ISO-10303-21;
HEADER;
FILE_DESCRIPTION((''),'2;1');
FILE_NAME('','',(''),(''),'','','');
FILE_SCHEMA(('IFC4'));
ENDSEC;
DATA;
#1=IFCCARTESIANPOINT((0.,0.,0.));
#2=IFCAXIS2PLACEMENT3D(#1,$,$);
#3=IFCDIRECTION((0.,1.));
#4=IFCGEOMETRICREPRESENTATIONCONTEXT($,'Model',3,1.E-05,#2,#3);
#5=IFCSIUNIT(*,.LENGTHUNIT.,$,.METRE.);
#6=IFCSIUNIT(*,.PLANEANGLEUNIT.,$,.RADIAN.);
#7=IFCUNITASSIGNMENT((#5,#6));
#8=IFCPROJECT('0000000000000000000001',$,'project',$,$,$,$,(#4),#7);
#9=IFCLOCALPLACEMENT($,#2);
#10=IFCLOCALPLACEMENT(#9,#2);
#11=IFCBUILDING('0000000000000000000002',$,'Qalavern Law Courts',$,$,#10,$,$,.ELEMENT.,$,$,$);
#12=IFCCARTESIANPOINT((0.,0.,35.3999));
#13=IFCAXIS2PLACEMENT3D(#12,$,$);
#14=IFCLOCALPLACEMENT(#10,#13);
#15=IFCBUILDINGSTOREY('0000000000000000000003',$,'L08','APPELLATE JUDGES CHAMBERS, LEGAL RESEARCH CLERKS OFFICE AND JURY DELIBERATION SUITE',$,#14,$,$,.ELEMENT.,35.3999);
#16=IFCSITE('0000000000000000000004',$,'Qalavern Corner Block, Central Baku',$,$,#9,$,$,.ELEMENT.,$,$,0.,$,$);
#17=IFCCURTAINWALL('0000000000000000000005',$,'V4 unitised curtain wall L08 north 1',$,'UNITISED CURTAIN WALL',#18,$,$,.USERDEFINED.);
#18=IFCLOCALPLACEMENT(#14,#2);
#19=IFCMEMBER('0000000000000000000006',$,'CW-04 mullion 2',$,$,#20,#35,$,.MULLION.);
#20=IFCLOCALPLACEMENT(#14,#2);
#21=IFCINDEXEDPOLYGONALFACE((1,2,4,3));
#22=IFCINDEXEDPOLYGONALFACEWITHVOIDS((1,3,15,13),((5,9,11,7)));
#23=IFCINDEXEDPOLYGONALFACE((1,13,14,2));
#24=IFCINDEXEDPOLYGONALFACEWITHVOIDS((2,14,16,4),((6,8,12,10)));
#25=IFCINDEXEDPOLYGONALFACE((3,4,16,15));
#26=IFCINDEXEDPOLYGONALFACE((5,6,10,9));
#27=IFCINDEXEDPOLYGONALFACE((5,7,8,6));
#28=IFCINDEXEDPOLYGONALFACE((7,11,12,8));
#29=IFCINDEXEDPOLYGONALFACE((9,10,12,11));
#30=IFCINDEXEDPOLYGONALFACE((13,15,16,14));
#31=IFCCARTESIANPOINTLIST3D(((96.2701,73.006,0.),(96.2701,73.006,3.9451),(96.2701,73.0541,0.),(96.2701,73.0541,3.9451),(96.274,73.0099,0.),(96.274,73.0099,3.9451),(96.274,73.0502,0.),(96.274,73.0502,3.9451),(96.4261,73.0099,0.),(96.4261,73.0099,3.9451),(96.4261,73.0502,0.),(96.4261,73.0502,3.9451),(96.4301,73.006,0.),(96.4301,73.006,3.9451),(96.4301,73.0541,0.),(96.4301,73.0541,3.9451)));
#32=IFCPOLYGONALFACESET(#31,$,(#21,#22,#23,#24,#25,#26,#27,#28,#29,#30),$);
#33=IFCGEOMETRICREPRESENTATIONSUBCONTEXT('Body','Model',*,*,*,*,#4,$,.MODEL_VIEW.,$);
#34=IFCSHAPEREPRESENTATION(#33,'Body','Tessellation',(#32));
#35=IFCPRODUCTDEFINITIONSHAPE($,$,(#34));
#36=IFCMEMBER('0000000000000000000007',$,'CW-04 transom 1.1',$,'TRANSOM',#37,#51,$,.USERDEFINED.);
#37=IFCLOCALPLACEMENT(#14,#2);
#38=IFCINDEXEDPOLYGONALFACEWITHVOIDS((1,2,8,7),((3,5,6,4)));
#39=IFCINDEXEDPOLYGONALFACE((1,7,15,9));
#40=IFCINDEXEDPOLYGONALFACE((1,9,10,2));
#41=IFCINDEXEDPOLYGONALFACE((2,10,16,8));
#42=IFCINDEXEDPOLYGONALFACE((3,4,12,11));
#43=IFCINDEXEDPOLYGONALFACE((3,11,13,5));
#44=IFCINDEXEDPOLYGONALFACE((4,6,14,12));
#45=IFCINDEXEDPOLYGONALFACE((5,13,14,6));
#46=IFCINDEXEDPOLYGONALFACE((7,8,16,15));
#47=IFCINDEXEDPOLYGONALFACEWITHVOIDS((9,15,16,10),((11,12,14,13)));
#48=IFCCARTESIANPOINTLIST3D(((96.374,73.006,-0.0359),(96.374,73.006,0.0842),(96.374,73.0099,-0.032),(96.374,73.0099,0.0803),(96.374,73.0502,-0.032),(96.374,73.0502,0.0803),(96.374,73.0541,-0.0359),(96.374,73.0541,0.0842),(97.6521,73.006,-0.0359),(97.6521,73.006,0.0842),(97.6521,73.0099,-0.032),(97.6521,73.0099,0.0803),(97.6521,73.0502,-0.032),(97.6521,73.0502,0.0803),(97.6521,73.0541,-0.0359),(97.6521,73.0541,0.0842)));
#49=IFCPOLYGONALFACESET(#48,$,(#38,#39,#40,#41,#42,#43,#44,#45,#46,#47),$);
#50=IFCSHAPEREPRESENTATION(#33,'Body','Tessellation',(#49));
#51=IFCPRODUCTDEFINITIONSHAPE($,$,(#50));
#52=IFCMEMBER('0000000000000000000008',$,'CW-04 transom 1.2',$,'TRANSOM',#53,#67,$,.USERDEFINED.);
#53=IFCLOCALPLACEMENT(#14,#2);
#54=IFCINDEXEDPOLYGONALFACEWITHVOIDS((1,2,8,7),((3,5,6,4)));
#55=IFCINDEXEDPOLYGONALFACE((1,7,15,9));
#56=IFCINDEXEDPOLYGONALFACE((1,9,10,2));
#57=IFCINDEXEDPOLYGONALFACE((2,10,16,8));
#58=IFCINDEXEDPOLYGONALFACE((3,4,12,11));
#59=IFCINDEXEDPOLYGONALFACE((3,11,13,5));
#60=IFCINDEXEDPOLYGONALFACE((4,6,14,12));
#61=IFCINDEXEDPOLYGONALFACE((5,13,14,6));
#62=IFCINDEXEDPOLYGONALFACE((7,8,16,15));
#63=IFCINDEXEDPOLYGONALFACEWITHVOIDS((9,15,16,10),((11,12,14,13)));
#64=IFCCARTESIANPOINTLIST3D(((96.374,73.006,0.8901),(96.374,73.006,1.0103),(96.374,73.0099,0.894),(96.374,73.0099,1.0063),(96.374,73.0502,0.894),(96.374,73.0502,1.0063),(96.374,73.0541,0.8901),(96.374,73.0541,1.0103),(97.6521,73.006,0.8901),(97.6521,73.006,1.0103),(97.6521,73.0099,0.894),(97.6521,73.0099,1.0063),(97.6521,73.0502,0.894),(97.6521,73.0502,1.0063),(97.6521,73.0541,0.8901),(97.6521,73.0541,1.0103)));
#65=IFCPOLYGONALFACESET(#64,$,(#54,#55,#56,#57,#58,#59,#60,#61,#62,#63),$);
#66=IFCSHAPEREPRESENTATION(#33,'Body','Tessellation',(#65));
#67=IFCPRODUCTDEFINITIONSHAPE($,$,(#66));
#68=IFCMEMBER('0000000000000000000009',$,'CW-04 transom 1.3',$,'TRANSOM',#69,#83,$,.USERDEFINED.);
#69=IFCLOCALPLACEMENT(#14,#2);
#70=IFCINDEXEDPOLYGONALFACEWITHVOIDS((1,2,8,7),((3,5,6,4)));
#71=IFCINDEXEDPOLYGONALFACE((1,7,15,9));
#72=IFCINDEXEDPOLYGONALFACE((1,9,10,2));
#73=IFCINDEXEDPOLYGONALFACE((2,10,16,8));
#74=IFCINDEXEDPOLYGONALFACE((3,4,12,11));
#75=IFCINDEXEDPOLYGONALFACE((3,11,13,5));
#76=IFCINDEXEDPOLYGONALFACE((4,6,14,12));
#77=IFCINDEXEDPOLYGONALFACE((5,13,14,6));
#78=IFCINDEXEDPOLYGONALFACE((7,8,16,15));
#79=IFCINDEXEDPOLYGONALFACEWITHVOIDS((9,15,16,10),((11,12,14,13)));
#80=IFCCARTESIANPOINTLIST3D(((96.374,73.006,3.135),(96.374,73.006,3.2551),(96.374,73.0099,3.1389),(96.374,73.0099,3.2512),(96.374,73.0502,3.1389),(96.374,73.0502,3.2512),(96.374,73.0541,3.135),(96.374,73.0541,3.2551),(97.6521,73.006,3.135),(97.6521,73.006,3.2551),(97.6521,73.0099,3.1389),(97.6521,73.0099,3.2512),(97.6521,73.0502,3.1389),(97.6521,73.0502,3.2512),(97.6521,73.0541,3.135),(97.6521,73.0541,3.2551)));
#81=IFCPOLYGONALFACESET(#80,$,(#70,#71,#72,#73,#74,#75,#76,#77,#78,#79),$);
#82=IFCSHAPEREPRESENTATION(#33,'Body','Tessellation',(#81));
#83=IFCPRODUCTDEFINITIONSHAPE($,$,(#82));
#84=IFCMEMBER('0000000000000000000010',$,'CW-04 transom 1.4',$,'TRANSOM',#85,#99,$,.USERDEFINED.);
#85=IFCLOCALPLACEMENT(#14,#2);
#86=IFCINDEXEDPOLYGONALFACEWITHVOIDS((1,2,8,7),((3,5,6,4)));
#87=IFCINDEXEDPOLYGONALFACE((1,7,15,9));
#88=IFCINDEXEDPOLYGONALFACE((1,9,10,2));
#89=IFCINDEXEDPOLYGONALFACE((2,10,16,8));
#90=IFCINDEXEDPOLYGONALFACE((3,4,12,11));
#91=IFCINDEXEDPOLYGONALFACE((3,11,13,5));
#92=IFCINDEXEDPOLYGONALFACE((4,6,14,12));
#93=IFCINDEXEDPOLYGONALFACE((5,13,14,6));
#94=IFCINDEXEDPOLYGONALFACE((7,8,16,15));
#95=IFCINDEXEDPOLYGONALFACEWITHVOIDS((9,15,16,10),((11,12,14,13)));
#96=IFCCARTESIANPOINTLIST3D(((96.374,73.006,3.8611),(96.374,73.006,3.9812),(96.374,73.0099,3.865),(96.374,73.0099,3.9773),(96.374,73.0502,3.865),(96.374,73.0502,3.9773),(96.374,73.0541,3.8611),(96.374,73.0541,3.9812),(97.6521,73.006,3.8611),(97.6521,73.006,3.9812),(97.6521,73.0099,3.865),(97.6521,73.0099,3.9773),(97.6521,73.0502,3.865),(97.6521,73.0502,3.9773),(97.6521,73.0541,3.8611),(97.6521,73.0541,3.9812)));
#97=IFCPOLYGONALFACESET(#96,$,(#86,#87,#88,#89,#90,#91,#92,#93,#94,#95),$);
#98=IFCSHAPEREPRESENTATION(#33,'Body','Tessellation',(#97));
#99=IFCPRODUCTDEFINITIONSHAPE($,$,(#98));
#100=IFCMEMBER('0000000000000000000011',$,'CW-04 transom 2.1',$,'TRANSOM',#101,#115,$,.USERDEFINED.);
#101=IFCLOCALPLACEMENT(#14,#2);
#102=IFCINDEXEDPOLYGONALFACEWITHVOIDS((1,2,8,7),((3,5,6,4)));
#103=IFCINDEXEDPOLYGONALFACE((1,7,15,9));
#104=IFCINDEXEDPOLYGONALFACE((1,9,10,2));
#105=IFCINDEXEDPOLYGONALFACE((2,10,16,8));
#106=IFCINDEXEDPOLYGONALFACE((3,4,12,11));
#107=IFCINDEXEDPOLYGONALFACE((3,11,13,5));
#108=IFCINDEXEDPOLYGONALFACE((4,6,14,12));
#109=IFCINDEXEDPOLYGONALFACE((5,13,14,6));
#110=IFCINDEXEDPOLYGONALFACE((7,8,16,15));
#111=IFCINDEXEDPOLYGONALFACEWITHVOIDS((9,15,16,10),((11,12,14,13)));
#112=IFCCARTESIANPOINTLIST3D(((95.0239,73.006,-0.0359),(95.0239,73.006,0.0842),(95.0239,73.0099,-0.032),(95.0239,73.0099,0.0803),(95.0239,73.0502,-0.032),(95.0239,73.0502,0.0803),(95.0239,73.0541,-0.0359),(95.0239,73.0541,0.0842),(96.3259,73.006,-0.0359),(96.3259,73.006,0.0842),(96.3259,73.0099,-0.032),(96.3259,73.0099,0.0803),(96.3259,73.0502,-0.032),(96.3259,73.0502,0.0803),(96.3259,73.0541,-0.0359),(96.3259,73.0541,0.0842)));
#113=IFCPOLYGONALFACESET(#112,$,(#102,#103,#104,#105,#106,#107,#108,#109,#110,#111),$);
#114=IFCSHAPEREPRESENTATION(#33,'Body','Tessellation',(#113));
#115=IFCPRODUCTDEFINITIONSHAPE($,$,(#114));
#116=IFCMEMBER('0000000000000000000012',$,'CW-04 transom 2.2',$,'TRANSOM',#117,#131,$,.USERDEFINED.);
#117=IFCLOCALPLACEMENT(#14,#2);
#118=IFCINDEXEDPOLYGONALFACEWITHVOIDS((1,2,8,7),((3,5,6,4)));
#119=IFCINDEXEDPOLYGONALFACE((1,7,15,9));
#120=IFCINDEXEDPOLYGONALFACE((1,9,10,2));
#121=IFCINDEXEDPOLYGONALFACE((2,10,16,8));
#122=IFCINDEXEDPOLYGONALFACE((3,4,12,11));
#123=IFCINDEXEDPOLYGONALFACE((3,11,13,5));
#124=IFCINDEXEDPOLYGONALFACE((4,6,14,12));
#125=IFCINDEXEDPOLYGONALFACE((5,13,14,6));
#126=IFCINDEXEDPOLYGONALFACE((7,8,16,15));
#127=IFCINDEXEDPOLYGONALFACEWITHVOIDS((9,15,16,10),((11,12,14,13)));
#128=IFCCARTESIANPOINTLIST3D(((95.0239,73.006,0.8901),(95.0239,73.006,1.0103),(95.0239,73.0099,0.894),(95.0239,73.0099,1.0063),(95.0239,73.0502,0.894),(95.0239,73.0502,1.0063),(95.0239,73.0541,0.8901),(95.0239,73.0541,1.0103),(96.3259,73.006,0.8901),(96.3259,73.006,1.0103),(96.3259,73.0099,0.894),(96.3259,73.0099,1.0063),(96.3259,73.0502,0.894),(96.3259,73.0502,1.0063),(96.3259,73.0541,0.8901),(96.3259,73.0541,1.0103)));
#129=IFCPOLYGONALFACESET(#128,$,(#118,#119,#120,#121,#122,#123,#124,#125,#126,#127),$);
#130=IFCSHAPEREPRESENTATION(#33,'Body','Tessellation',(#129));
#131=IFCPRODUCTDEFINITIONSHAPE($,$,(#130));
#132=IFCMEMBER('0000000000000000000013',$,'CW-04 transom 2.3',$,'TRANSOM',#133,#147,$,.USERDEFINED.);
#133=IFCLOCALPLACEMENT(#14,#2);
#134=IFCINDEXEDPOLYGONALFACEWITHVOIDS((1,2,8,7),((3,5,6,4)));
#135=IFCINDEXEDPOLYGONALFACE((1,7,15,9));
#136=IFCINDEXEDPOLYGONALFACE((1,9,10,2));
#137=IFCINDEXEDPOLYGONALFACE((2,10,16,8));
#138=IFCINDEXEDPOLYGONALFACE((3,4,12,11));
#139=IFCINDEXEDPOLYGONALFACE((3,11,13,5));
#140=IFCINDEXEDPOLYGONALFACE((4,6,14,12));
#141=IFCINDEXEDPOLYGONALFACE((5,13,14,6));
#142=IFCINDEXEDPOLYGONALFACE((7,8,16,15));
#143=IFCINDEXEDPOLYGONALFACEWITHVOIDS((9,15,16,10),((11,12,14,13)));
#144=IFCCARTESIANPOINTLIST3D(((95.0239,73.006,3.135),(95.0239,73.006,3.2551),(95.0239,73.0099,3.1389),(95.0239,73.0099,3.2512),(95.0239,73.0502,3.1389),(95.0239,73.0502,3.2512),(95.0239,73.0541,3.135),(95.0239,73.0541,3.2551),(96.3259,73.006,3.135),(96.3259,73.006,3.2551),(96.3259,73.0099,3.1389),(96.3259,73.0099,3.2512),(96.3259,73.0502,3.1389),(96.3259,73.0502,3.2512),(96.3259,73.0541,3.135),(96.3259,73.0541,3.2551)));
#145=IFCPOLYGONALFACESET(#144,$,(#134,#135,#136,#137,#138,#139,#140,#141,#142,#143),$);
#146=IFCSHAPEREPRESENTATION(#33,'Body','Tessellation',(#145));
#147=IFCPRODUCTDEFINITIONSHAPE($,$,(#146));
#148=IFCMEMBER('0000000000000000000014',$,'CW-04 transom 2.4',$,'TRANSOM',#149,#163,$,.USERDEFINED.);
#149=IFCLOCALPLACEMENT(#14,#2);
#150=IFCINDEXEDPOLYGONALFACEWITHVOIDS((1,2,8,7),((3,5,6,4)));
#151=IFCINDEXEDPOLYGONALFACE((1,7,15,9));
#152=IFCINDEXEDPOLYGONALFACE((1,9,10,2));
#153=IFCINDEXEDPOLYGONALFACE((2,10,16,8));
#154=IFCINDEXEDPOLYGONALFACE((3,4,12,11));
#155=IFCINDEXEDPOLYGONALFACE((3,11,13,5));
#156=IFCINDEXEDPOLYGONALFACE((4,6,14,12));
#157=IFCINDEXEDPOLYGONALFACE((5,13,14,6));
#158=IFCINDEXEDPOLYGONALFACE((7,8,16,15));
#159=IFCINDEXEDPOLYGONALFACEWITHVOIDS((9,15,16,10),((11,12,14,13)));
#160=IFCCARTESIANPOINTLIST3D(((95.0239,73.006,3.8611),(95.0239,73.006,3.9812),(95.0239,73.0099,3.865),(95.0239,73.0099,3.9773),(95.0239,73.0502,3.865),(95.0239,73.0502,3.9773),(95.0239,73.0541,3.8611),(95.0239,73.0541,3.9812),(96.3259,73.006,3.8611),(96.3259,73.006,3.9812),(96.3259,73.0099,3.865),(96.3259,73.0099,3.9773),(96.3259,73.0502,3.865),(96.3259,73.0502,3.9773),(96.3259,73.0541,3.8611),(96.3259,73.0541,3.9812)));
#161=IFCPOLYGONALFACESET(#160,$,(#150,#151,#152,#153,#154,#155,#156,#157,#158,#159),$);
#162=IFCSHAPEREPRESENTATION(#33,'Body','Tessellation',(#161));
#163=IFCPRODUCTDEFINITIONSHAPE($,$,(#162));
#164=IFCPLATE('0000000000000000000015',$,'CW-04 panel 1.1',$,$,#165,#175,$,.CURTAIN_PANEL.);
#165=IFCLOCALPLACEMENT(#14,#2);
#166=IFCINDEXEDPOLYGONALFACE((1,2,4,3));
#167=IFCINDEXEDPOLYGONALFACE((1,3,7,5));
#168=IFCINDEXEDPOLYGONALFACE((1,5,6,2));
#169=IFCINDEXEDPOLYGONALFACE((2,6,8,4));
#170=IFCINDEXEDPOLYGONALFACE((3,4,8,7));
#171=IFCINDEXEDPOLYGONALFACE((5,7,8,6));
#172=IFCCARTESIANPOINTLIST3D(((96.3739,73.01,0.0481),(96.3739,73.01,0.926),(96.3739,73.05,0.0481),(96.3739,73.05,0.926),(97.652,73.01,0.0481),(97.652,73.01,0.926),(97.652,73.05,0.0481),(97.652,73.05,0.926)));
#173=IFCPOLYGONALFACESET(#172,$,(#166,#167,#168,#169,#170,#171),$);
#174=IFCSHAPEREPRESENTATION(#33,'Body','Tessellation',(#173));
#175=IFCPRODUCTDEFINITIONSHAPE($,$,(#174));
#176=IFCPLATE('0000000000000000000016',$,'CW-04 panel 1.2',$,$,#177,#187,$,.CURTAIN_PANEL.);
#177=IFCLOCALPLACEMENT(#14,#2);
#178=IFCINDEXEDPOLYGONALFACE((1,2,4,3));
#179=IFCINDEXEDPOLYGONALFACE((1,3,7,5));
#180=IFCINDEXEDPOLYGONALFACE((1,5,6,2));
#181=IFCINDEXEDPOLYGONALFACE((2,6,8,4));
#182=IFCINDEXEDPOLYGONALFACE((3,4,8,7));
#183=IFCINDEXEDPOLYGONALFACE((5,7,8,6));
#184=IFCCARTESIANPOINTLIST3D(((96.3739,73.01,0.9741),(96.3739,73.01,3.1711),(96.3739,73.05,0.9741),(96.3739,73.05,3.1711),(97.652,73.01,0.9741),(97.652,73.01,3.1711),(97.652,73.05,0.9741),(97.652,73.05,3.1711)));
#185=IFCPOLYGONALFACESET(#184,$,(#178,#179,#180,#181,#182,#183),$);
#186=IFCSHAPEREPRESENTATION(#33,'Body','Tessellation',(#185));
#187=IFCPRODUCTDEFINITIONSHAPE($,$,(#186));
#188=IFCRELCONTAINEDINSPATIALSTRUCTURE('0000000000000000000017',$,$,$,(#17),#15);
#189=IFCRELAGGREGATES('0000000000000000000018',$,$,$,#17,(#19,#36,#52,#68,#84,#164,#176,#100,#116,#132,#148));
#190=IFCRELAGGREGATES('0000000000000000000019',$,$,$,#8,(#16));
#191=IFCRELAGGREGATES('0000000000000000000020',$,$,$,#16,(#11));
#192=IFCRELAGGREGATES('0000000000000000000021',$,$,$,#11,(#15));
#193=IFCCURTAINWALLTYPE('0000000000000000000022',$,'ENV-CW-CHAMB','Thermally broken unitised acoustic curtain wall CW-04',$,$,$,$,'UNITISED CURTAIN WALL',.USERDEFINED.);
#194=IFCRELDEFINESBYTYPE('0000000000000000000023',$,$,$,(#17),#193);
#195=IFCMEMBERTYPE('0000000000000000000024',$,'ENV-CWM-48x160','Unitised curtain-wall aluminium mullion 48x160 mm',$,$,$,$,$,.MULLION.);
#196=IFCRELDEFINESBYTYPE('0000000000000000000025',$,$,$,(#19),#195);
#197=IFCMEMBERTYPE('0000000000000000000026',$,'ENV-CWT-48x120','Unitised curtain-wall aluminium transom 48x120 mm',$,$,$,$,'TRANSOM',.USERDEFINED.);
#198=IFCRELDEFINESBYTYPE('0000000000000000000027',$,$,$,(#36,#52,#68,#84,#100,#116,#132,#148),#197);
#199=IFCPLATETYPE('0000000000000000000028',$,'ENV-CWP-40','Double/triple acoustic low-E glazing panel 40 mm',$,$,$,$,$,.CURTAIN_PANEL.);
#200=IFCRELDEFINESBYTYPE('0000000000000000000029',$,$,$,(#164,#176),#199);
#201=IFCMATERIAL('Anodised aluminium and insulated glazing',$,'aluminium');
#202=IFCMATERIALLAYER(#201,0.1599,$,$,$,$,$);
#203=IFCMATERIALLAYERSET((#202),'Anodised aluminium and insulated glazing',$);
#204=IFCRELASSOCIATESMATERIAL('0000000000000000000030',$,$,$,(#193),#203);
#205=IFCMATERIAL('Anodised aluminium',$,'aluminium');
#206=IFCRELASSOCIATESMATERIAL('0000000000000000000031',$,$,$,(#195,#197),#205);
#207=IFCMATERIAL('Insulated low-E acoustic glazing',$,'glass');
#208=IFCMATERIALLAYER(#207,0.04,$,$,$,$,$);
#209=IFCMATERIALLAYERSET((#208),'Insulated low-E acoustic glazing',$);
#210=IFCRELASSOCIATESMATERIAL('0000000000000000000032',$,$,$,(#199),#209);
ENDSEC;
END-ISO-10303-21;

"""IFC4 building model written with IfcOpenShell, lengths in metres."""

from ifc_helpers import new_model, si_unit, direction, frame, origin, origin_2d, place, context, subcontext, project, spatial, rectangle, hollow_rectangle, extrude, material, layer, layer_set, material_profile, profile_set, type_object, element, aggregate, save


model = new_model("IFC4")

# Units and contexts
model_context = context("Model", 3, precision=1e-05, world=origin(), true_north=direction((0.0, 1.0)))
body_context = subcontext(model_context, "Body", "Model", "MODEL_VIEW")
ifc_project = project(units=[si_unit("LENGTHUNIT", "METRE"), si_unit("PLANEANGLEUNIT", "RADIAN")], contexts=[model_context])

# Site, building, storey
site_placement = place(None, origin())
site = spatial("IfcSite", under=ifc_project, at=site_placement, Name="Qalavern Corner Block, Central Baku", CompositionType="ELEMENT", RefElevation=0.0)
building_placement = place(site_placement, origin())
building = spatial("IfcBuilding", under=site, at=building_placement, Name="Qalavern Law Courts", CompositionType="ELEMENT")
storey_placement = place(building_placement, frame((0.0, 0.0, 35.3999)))
storey = spatial("IfcBuildingStorey", under=building, at=storey_placement, Name="L08", Description="APPELLATE JUDGES CHAMBERS, LEGAL RESEARCH CLERKS OFFICE AND JURY DELIBERATION SUITE", CompositionType="ELEMENT", Elevation=35.3999)

# Curtain wall, members, plates
ifc_material_1 = material(Name="Anodised aluminium and insulated glazing", Category="aluminium")
ifc_layer_1 = layer(ifc_material_1, 0.1599)
ifc_layer_set_1 = layer_set([ifc_layer_1], Name="Anodised aluminium and insulated glazing")
curtain_wall_type = type_object("IfcCurtainWallType", Name="ENV-CW-CHAMB", Description="Thermally broken unitised acoustic curtain wall CW-04", ElementType="UNITISED CURTAIN WALL", PredefinedType="USERDEFINED", material=ifc_layer_set_1)
curtain_wall_placement = place(storey_placement, origin())
curtain_wall = element("IfcCurtainWall", 1, at=curtain_wall_placement, inside=storey, type_object=curtain_wall_type, Name="V4 unitised curtain wall L08 north 1", ObjectType="UNITISED CURTAIN WALL", PredefinedType="USERDEFINED")
ifc_material_2 = material(Name="Anodised aluminium", Category="aluminium")
ifc_material_profile_1 = material_profile(ifc_material_2, hollow_rectangle(XDim=0.0481, YDim=0.1599, WallThickness=0.0039, at=origin_2d()), Name="ALU MULLION 48x160")
ifc_profile_set_1 = profile_set([ifc_material_profile_1], Name="Anodised aluminium")
member_type_1 = type_object("IfcMemberType", Name="ENV-CWM-48x160", Description="Unitised curtain-wall aluminium mullion 48x160 mm", PredefinedType="MULLION", material=ifc_profile_set_1)
member_1_placement = place(storey_placement, frame((96.3501, 73.03, 0.0), z_axis=(0.0, 0.0, 1.0), x_axis=(0.0, -1.0, 0.0)))
member_1 = element("IfcMember", 2, at=member_1_placement, type_object=member_type_1, Name="CW-04 mullion 2", PredefinedType="MULLION", context=body_context, shape_type="SweptSolid", body=[
    extrude(hollow_rectangle(XDim=0.0481, YDim=0.1599, WallThickness=0.0039, at=origin_2d()), origin(), (0.0, 0.0, 1.0), 3.9451),
])
ifc_material_profile_2 = material_profile(ifc_material_2, hollow_rectangle(XDim=0.0481, YDim=0.1201, WallThickness=0.0039, at=origin_2d()), Name="ALU TRANSOM 48x120")
ifc_profile_set_2 = profile_set([ifc_material_profile_2], Name="Anodised aluminium")
member_type_2 = type_object("IfcMemberType", Name="ENV-CWT-48x120", Description="Unitised curtain-wall aluminium transom 48x120 mm", ElementType="TRANSOM", PredefinedType="USERDEFINED", material=ifc_profile_set_2)
member_2_placement = place(storey_placement, frame((97.6521, 73.03, 0.0242), z_axis=(-1.0, 0.0, 0.0), x_axis=(0.0, -1.0, 0.0)))
member_2 = element("IfcMember", 3, at=member_2_placement, type_object=member_type_2, Name="CW-04 transom 1.1", ObjectType="TRANSOM", PredefinedType="USERDEFINED", context=body_context, shape_type="SweptSolid", body=[
    extrude(hollow_rectangle(XDim=0.0481, YDim=0.1201, WallThickness=0.0039, at=origin_2d()), origin(), (0.0, 0.0, 1.0), 1.2781),
])
member_3_placement = place(storey_placement, frame((97.6521, 73.03, 0.9502), z_axis=(-1.0, 0.0, 0.0), x_axis=(0.0, -1.0, 0.0)))
member_3 = element("IfcMember", 4, at=member_3_placement, type_object=member_type_2, Name="CW-04 transom 1.2", ObjectType="TRANSOM", PredefinedType="USERDEFINED", context=body_context, shape_type="SweptSolid", body=[
    extrude(hollow_rectangle(XDim=0.0481, YDim=0.1201, WallThickness=0.0039, at=origin_2d()), origin(), (0.0, 0.0, 1.0), 1.2781),
])
member_4_placement = place(storey_placement, frame((97.6521, 73.03, 3.1951), z_axis=(-1.0, 0.0, 0.0), x_axis=(0.0, -1.0, 0.0)))
member_4 = element("IfcMember", 5, at=member_4_placement, type_object=member_type_2, Name="CW-04 transom 1.3", ObjectType="TRANSOM", PredefinedType="USERDEFINED", context=body_context, shape_type="SweptSolid", body=[
    extrude(hollow_rectangle(XDim=0.0481, YDim=0.1201, WallThickness=0.0039, at=origin_2d()), origin(), (0.0, 0.0, 1.0), 1.2781),
])
member_5_placement = place(storey_placement, frame((97.6521, 73.03, 3.9211), z_axis=(-1.0, 0.0, 0.0), x_axis=(0.0, -1.0, 0.0)))
member_5 = element("IfcMember", 6, at=member_5_placement, type_object=member_type_2, Name="CW-04 transom 1.4", ObjectType="TRANSOM", PredefinedType="USERDEFINED", context=body_context, shape_type="SweptSolid", body=[
    extrude(hollow_rectangle(XDim=0.0481, YDim=0.1201, WallThickness=0.0039, at=origin_2d()), origin(), (0.0, 0.0, 1.0), 1.2781),
])
member_6_placement = place(storey_placement, frame((96.3259, 73.03, 0.0242), z_axis=(-1.0, 0.0, 0.0), x_axis=(0.0, -1.0, 0.0)))
member_6 = element("IfcMember", 7, at=member_6_placement, type_object=member_type_2, Name="CW-04 transom 2.1", ObjectType="TRANSOM", PredefinedType="USERDEFINED", context=body_context, shape_type="SweptSolid", body=[
    extrude(hollow_rectangle(XDim=0.0481, YDim=0.1201, WallThickness=0.0039, at=origin_2d()), origin(), (0.0, 0.0, 1.0), 1.302),
])
member_7_placement = place(storey_placement, frame((96.3259, 73.03, 0.9502), z_axis=(-1.0, 0.0, 0.0), x_axis=(0.0, -1.0, 0.0)))
member_7 = element("IfcMember", 8, at=member_7_placement, type_object=member_type_2, Name="CW-04 transom 2.2", ObjectType="TRANSOM", PredefinedType="USERDEFINED", context=body_context, shape_type="SweptSolid", body=[
    extrude(hollow_rectangle(XDim=0.0481, YDim=0.1201, WallThickness=0.0039, at=origin_2d()), origin(), (0.0, 0.0, 1.0), 1.302),
])
member_8_placement = place(storey_placement, frame((96.3259, 73.03, 3.1951), z_axis=(-1.0, 0.0, 0.0), x_axis=(0.0, -1.0, 0.0)))
member_8 = element("IfcMember", 9, at=member_8_placement, type_object=member_type_2, Name="CW-04 transom 2.3", ObjectType="TRANSOM", PredefinedType="USERDEFINED", context=body_context, shape_type="SweptSolid", body=[
    extrude(hollow_rectangle(XDim=0.0481, YDim=0.1201, WallThickness=0.0039, at=origin_2d()), origin(), (0.0, 0.0, 1.0), 1.302),
])
member_9_placement = place(storey_placement, frame((96.3259, 73.03, 3.9211), z_axis=(-1.0, 0.0, 0.0), x_axis=(0.0, -1.0, 0.0)))
member_9 = element("IfcMember", 10, at=member_9_placement, type_object=member_type_2, Name="CW-04 transom 2.4", ObjectType="TRANSOM", PredefinedType="USERDEFINED", context=body_context, shape_type="SweptSolid", body=[
    extrude(hollow_rectangle(XDim=0.0481, YDim=0.1201, WallThickness=0.0039, at=origin_2d()), origin(), (0.0, 0.0, 1.0), 1.302),
])
ifc_material_3 = material(Name="Insulated low-E acoustic glazing", Category="glass")
ifc_layer_2 = layer(ifc_material_3, 0.04)
ifc_layer_set_2 = layer_set([ifc_layer_2], Name="Insulated low-E acoustic glazing")
plate_type = type_object("IfcPlateType", Name="ENV-CWP-40", Description="Double/triple acoustic low-E glazing panel 40 mm", PredefinedType="CURTAIN_PANEL", material=ifc_layer_set_2)
plate_1_placement = place(storey_placement, frame((97.0129, 73.03, 0.0481), z_axis=(0.0, 0.0, 1.0), x_axis=(-1.0, 0.0, 0.0)))
plate_1 = element("IfcPlate", 11, at=plate_1_placement, type_object=plate_type, Name="CW-04 panel 1.1", PredefinedType="CURTAIN_PANEL", context=body_context, shape_type="SweptSolid", body=[
    extrude(rectangle(XDim=1.2781, YDim=0.04, at=origin_2d()), origin(), (0.0, 0.0, 1.0), 0.8779),
])
plate_2_placement = place(storey_placement, frame((97.0129, 73.03, 0.9741), z_axis=(0.0, 0.0, 1.0), x_axis=(-1.0, 0.0, 0.0)))
plate_2 = element("IfcPlate", 12, at=plate_2_placement, type_object=plate_type, Name="CW-04 panel 1.2", PredefinedType="CURTAIN_PANEL", context=body_context, shape_type="SweptSolid", body=[
    extrude(rectangle(XDim=1.2781, YDim=0.04, at=origin_2d()), origin(), (0.0, 0.0, 1.0), 2.197),
])
aggregate(curtain_wall, [member_1, member_2, member_3, member_4, member_5, plate_1, plate_2, member_6, member_7, member_8, member_9])

save(model, "model.ifc")
